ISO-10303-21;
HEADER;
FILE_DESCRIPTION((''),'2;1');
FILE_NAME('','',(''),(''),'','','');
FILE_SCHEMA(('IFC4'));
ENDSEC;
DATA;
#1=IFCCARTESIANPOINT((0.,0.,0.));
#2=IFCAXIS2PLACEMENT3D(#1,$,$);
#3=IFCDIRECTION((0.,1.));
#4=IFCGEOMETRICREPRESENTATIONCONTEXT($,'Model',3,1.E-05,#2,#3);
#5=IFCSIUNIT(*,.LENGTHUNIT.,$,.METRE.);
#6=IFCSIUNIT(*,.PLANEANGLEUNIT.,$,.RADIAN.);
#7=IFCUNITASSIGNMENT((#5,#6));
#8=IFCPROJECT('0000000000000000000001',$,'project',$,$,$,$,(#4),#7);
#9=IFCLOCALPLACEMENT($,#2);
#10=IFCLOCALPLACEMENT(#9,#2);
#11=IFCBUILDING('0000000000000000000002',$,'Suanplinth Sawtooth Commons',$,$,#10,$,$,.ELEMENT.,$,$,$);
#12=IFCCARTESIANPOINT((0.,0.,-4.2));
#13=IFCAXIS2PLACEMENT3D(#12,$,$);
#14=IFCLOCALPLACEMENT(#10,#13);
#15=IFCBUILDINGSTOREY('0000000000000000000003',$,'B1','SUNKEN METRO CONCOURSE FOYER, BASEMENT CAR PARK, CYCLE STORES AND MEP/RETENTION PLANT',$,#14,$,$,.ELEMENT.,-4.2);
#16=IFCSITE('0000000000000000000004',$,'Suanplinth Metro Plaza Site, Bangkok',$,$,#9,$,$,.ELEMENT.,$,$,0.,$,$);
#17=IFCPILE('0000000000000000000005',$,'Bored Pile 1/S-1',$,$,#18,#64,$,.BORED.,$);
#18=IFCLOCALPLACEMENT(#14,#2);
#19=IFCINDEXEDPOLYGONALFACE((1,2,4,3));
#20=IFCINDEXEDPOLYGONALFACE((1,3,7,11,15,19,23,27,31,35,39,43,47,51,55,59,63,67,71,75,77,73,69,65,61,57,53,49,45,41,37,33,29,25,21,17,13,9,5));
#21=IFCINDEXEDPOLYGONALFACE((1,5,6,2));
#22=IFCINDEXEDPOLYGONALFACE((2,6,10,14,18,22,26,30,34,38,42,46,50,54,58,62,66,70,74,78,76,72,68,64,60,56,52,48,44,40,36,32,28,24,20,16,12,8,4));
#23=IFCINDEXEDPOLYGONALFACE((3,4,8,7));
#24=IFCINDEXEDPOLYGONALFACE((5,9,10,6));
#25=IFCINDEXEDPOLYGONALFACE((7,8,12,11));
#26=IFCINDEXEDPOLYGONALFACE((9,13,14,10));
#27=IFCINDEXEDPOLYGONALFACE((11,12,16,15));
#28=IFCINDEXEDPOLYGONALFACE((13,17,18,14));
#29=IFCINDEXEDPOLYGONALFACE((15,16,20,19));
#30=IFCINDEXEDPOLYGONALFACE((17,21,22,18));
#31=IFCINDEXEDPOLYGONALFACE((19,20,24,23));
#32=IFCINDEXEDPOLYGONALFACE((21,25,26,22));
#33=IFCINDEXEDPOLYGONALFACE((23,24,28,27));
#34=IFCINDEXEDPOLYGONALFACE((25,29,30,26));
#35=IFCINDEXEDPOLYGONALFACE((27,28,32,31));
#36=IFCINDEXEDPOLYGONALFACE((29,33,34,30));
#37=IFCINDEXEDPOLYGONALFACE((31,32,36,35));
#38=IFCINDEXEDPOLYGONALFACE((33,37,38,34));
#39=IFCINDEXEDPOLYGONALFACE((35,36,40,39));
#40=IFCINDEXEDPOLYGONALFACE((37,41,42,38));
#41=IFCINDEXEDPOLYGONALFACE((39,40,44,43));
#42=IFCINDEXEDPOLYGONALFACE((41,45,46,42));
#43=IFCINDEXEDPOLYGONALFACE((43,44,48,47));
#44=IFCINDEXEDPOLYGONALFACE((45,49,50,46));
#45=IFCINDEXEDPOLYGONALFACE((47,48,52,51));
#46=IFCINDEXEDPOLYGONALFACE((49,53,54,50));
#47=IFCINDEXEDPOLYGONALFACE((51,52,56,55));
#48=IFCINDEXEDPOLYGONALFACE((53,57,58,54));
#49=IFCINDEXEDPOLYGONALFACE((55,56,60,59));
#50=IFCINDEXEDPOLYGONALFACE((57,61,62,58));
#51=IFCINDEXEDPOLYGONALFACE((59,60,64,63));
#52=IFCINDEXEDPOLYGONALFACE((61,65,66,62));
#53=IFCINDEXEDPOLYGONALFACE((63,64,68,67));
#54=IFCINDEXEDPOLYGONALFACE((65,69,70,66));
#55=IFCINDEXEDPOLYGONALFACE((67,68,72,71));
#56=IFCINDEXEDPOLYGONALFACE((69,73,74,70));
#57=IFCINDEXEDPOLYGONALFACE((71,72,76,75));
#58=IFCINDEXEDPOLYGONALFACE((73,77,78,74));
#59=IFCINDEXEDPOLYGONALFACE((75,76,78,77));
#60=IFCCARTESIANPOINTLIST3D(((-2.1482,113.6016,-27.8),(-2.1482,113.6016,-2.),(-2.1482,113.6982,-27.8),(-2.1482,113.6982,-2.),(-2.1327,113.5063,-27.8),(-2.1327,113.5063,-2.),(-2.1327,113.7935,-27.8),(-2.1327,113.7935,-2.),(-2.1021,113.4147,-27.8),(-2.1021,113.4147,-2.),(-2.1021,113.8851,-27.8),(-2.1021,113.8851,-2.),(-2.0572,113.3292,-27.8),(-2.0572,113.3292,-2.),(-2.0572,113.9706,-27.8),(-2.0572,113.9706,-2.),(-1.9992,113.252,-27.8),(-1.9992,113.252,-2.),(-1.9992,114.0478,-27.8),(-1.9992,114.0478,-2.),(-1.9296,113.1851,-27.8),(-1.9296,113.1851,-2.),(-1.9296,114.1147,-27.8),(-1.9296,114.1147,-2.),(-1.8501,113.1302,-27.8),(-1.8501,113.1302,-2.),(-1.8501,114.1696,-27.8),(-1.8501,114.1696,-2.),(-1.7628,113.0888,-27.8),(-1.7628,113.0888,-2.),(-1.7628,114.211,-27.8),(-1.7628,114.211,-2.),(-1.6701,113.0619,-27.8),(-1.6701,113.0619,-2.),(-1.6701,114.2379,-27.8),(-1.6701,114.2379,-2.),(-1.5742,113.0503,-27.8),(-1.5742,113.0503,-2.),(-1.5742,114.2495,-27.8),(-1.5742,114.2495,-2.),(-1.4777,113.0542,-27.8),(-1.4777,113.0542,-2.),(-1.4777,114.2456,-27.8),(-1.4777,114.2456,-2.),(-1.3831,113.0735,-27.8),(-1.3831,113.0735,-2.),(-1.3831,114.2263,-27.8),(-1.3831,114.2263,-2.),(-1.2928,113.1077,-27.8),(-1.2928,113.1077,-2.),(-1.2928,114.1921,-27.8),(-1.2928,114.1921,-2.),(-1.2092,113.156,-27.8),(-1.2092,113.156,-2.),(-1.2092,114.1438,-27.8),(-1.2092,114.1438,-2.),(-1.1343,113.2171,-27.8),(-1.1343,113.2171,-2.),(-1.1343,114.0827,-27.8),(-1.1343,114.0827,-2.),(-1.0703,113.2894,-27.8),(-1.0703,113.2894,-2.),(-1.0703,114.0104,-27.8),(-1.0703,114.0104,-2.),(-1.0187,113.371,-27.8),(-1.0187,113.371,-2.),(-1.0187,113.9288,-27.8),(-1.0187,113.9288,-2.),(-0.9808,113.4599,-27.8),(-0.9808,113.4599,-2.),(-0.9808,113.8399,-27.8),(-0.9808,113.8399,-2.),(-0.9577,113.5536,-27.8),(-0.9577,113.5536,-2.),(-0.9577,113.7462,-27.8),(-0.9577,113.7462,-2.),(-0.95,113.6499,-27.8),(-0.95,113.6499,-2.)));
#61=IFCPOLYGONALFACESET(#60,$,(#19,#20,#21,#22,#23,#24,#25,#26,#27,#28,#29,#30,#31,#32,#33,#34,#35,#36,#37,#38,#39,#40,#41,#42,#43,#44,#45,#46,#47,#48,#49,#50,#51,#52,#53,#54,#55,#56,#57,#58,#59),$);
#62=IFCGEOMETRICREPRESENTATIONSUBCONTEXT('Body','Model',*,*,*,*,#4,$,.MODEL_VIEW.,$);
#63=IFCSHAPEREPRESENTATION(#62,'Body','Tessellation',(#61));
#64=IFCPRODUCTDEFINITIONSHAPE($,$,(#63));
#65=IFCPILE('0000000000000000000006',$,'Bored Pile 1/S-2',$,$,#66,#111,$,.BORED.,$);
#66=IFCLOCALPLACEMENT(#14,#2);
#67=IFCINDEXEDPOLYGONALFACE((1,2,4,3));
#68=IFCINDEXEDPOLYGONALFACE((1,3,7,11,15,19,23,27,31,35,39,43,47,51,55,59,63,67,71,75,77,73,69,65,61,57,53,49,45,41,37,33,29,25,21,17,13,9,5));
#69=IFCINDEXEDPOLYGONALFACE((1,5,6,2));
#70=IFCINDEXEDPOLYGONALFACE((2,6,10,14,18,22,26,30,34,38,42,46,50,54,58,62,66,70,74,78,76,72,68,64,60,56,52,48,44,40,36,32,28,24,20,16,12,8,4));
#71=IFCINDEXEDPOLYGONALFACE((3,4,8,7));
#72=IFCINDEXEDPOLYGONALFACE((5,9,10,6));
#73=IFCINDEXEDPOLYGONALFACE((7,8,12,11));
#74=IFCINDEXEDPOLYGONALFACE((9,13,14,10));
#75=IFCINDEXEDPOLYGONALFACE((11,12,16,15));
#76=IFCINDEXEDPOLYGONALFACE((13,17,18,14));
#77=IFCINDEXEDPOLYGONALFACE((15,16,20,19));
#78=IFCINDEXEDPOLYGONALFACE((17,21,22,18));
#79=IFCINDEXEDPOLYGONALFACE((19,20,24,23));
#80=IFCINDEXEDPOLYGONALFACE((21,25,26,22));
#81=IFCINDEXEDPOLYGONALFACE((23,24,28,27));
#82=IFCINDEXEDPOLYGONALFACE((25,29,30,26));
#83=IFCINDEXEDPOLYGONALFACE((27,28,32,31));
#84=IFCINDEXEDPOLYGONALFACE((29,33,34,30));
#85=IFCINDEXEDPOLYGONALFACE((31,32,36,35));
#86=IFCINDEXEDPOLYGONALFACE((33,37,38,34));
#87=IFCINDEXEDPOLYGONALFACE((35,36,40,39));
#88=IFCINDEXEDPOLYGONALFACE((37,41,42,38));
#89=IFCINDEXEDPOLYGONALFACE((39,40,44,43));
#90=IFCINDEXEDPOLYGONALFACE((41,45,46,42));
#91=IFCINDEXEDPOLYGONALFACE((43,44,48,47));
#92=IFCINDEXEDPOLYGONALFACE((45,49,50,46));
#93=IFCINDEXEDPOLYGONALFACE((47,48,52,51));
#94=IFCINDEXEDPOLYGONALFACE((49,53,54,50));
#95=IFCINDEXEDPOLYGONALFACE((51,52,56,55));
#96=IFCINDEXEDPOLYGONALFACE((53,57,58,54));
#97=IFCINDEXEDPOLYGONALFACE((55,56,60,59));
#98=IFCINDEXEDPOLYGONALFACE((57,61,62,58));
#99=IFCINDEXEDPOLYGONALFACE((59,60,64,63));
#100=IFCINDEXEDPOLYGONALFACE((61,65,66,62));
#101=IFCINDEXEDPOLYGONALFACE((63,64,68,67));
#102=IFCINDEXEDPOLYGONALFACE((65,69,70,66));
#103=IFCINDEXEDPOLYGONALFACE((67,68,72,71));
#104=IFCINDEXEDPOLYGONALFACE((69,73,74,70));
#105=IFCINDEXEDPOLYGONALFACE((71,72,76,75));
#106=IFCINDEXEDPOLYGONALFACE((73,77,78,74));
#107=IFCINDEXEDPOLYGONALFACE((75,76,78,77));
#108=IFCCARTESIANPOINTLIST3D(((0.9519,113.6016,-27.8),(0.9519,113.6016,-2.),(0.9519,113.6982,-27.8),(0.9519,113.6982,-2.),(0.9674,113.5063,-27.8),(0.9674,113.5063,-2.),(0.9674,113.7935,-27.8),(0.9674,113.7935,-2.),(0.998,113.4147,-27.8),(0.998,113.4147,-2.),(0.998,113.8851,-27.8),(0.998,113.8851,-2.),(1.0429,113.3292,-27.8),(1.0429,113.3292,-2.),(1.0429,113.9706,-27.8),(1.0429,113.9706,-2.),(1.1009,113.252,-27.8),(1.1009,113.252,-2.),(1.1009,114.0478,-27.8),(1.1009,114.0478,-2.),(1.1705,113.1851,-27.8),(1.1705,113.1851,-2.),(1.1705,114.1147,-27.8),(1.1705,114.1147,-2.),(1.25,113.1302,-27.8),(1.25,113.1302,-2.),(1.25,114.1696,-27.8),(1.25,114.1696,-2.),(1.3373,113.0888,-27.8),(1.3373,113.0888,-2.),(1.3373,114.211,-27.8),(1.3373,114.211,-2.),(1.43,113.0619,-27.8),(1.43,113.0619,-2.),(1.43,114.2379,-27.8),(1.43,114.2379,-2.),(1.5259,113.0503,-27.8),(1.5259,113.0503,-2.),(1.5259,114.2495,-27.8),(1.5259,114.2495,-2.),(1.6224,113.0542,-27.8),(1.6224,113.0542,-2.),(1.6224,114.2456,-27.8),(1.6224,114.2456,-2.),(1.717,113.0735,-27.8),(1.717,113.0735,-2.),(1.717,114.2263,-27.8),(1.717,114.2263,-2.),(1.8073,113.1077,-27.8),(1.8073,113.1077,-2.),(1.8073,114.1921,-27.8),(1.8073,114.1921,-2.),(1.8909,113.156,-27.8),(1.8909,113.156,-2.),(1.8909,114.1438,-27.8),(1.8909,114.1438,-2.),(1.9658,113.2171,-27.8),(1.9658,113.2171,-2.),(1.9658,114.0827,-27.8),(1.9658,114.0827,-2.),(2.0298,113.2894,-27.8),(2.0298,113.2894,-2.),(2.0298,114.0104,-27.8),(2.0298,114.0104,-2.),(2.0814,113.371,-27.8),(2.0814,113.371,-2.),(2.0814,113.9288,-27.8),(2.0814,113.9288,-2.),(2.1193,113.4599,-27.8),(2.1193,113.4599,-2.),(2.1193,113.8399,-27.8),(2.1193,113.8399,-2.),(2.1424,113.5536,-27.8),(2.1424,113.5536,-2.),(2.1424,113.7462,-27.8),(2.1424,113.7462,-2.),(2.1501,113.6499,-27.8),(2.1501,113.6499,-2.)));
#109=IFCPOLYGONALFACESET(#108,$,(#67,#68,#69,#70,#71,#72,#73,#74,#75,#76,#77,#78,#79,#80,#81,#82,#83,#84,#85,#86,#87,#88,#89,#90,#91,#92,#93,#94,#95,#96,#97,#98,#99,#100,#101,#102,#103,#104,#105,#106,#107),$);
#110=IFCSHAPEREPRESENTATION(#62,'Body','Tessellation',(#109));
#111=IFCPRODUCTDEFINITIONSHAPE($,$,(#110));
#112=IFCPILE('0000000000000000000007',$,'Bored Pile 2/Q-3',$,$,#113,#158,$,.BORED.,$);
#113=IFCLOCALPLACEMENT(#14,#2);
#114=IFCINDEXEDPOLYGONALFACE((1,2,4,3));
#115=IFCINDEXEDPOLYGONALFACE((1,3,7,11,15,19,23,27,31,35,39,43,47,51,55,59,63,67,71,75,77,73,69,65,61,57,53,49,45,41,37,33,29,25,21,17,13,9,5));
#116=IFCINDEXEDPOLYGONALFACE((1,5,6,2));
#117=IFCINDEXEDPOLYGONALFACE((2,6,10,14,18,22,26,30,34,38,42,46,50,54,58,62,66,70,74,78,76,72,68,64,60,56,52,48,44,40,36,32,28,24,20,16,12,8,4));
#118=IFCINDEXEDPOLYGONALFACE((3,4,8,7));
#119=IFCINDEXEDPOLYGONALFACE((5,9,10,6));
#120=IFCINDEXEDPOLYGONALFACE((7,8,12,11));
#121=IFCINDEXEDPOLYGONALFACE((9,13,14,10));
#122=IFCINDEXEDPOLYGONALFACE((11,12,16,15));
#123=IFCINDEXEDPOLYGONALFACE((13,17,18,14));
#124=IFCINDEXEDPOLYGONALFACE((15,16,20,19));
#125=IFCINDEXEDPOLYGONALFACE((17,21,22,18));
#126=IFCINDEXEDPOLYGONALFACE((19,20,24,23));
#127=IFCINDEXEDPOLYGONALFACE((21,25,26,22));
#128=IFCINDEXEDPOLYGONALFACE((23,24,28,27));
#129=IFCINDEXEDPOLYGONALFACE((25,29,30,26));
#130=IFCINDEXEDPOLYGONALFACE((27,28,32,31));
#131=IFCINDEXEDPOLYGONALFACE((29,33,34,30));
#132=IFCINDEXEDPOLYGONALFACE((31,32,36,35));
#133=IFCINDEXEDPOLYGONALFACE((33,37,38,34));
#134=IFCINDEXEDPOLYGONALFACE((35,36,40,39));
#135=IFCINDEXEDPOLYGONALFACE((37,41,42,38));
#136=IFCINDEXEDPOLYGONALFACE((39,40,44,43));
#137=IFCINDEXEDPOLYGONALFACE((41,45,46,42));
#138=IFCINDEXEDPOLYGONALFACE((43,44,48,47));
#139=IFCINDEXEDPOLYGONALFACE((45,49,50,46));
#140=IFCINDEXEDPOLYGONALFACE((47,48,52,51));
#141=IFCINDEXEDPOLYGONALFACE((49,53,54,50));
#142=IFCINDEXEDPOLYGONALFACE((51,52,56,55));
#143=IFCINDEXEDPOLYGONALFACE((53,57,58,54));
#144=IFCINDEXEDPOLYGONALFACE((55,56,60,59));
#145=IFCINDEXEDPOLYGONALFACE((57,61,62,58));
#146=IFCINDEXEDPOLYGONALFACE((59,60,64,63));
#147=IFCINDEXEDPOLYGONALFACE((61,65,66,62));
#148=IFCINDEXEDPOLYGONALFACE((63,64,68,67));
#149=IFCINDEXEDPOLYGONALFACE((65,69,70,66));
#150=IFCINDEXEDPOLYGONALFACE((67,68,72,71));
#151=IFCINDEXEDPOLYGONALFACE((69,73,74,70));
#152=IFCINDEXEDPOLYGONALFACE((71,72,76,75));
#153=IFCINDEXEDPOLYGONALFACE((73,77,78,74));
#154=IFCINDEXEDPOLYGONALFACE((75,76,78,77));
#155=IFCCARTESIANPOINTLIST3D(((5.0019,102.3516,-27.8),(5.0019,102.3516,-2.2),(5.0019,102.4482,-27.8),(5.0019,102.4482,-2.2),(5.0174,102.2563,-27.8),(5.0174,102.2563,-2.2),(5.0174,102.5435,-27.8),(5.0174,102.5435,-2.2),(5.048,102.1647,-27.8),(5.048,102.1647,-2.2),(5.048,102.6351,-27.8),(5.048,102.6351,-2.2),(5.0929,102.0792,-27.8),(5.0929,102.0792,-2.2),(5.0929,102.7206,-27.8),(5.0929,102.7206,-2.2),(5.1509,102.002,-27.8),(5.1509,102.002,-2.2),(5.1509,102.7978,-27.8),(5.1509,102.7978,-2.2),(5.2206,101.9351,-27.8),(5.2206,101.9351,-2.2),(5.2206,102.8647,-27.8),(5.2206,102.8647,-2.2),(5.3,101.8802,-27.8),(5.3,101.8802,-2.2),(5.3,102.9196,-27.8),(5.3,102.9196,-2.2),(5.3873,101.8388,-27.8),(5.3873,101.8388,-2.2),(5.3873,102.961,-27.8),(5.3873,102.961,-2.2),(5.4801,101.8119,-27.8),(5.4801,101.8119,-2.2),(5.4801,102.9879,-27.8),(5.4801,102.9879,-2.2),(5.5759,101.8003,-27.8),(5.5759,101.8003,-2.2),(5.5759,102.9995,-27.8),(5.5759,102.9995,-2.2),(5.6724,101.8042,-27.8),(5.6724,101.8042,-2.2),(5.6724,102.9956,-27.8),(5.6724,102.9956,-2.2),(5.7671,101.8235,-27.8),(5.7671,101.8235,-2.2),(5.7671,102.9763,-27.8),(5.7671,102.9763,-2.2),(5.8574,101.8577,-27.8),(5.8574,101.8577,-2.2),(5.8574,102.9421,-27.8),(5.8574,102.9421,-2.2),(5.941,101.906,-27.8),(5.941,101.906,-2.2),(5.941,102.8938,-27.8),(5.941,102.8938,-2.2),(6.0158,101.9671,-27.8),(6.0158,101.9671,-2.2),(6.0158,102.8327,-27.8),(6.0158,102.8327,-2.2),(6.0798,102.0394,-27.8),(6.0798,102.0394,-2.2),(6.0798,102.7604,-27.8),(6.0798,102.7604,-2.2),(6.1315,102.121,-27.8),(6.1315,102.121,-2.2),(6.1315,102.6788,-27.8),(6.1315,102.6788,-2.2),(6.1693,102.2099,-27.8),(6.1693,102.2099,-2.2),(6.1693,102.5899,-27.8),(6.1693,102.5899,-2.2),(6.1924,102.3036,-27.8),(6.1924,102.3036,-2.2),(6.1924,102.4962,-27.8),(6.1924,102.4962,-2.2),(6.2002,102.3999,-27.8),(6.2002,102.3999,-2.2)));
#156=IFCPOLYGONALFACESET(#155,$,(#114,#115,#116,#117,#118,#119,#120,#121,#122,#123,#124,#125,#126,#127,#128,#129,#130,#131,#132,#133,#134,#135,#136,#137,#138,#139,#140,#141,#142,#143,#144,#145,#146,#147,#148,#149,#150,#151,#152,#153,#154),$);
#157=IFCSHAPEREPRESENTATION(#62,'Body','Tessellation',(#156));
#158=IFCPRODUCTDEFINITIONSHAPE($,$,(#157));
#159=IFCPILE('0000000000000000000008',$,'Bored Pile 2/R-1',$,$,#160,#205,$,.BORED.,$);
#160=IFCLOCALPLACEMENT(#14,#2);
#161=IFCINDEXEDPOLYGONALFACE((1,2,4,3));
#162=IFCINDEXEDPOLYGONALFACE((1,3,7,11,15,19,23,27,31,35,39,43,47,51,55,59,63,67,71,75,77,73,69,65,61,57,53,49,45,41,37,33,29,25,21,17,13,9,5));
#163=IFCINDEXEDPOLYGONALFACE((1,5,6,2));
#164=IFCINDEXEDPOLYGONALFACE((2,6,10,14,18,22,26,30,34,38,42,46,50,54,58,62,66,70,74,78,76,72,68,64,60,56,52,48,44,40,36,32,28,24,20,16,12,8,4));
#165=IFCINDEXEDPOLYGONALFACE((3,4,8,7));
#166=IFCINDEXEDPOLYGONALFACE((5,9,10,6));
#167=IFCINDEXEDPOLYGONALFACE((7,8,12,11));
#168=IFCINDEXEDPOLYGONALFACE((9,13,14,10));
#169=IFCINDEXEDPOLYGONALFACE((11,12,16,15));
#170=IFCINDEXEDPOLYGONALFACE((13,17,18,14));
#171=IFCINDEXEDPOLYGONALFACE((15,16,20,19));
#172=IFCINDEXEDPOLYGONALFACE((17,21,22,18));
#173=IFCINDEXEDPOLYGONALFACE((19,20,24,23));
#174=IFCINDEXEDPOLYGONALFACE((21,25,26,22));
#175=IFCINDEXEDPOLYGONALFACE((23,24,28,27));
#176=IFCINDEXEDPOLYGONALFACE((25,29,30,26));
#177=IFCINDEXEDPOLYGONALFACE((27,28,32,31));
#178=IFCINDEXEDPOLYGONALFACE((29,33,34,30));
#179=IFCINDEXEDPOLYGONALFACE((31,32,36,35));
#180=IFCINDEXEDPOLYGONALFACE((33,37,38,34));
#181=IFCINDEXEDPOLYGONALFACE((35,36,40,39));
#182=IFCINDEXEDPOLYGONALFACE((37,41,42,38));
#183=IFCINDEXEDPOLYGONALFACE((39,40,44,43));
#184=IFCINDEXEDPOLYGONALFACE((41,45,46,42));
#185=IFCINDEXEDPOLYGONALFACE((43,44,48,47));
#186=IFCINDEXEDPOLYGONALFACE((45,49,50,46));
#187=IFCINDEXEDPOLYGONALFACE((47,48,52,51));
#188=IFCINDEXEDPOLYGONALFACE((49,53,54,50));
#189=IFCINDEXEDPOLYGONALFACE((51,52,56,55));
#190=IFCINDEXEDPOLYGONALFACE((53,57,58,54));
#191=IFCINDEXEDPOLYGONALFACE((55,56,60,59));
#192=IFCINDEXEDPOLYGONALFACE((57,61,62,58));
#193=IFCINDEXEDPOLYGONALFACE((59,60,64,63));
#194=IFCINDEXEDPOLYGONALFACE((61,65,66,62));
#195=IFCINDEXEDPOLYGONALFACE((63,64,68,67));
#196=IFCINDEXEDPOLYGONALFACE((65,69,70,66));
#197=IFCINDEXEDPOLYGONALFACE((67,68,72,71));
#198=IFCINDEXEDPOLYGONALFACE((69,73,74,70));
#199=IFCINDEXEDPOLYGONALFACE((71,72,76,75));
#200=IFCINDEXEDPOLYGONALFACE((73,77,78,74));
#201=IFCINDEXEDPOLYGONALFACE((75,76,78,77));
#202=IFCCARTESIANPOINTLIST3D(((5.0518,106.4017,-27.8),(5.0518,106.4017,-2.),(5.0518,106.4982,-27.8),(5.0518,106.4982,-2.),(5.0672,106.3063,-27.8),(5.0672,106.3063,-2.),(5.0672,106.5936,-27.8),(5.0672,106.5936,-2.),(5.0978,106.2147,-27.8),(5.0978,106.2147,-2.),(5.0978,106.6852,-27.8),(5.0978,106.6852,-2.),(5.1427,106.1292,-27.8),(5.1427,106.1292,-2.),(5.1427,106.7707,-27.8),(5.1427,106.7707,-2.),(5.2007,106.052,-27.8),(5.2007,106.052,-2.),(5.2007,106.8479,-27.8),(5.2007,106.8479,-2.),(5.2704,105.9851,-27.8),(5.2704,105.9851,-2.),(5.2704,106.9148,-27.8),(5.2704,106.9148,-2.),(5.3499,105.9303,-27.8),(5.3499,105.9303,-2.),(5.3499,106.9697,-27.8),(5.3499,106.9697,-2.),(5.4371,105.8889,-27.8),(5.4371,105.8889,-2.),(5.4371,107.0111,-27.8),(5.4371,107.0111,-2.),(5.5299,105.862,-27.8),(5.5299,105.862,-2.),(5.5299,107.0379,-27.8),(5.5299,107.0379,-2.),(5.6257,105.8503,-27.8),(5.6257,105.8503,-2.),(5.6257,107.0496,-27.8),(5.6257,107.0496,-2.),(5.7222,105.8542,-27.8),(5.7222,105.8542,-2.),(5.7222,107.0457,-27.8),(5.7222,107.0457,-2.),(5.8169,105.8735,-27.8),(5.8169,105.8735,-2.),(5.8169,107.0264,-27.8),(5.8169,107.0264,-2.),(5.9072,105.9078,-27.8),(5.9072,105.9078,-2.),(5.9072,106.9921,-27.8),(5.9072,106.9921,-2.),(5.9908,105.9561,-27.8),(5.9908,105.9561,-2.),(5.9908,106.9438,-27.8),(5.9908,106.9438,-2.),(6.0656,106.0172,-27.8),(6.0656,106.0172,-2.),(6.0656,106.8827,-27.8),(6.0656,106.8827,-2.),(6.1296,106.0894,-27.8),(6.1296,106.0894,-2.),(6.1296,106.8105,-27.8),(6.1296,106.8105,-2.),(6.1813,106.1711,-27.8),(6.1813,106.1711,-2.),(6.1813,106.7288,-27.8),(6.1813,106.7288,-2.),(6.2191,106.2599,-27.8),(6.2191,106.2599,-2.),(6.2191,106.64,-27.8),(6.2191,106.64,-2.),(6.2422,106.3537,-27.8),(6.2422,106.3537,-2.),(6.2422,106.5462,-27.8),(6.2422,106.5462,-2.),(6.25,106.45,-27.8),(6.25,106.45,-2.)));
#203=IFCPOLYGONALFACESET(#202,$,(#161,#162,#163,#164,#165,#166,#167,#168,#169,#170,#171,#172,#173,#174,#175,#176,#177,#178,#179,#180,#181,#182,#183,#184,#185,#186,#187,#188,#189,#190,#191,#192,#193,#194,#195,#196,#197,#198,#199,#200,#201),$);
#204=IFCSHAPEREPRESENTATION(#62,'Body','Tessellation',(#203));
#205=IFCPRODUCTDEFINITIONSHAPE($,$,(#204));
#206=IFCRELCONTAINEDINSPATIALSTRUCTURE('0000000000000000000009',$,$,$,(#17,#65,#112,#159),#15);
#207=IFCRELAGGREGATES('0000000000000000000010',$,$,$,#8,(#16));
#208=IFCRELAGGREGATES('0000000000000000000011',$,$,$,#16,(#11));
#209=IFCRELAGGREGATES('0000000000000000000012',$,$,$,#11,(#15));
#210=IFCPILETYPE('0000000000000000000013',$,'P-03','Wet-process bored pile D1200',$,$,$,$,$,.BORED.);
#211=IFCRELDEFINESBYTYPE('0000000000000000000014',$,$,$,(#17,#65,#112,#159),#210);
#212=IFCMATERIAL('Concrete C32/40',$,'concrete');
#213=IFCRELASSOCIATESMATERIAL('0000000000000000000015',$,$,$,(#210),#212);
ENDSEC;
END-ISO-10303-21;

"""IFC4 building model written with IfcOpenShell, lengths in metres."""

from ifc_helpers import new_model, si_unit, direction, frame, origin, origin_2d, place, context, subcontext, project, spatial, circle, extrude, material, material_profile, profile_set, type_object, element, save


model = new_model("IFC4")

# Units and contexts
model_context = context("Model", 3, precision=1e-05, world=origin(), true_north=direction((0.0, 1.0)))
body_context = subcontext(model_context, "Body", "Model", "MODEL_VIEW")
ifc_project = project(units=[si_unit("LENGTHUNIT", "METRE"), si_unit("PLANEANGLEUNIT", "RADIAN")], contexts=[model_context])

# Site, building, storey
site_placement = place(None, origin())
site = spatial("IfcSite", under=ifc_project, at=site_placement, Name="Suanplinth Metro Plaza Site, Bangkok", CompositionType="ELEMENT", RefElevation=0.0)
building_placement = place(site_placement, origin())
building = spatial("IfcBuilding", under=site, at=building_placement, Name="Suanplinth Sawtooth Commons", CompositionType="ELEMENT")
storey_placement = place(building_placement, frame((0.0, 0.0, -4.2)))
storey = spatial("IfcBuildingStorey", under=building, at=storey_placement, Name="B1", Description="SUNKEN METRO CONCOURSE FOYER, BASEMENT CAR PARK, CYCLE STORES AND MEP/RETENTION PLANT", CompositionType="ELEMENT", Elevation=-4.2)

# Piles
ifc_material_1 = material(Name="Concrete C32/40", Category="concrete")
ifc_material_profile_1 = material_profile(ifc_material_1, circle(Radius=0.6001, at=origin_2d()), Name="PILE D1200")
ifc_profile_set_1 = profile_set([ifc_material_profile_1], Name="Concrete C32/40")
pile_type = type_object("IfcPileType", Name="P-03", Description="Wet-process bored pile D1200", PredefinedType="BORED", material=ifc_profile_set_1)
for number, where, z_axis, x_axis, name in (
    (1, (-1.55, 113.6499, -2.0), (0.0, 0.0, -1.0), (1.0, 0.0, 0.0), "Bored Pile 1/S-1"),
    (2, (1.55, 113.6499, -2.0), (0.0, 0.0, -1.0), (1.0, 0.0, 0.0), "Bored Pile 1/S-2"),
):
    element("IfcPile", number, at=place(storey_placement, frame(where, z_axis=z_axis, x_axis=x_axis)), inside=storey, type_object=pile_type, Name=name, PredefinedType="BORED", context=body_context, shape_type="SweptSolid", body=[
        extrude(circle(Radius=0.6001, at=origin_2d()), origin(), (0.0, 0.0, 1.0), 25.8),
    ])
pile_1_placement = place(storey_placement, frame((5.6001, 102.3999, -2.2), z_axis=(0.0, 0.0, -1.0), x_axis=(1.0, 0.0, 0.0)))
element("IfcPile", 3, at=pile_1_placement, inside=storey, type_object=pile_type, Name="Bored Pile 2/Q-3", PredefinedType="BORED", context=body_context, shape_type="SweptSolid", body=[
    extrude(circle(Radius=0.6001, at=origin_2d()), origin(), (0.0, 0.0, 1.0), 25.6001),
])
for number, where, z_axis, x_axis, name in (
    (4, (5.6499, 106.45, -2.0), (0.0, 0.0, -1.0), (1.0, 0.0, 0.0), "Bored Pile 2/R-1"),
):
    element("IfcPile", number, at=place(storey_placement, frame(where, z_axis=z_axis, x_axis=x_axis)), inside=storey, type_object=pile_type, Name=name, PredefinedType="BORED", context=body_context, shape_type="SweptSolid", body=[
        extrude(circle(Radius=0.6001, at=origin_2d()), origin(), (0.0, 0.0, 1.0), 25.8),
    ])

save(model, "model.ifc")
